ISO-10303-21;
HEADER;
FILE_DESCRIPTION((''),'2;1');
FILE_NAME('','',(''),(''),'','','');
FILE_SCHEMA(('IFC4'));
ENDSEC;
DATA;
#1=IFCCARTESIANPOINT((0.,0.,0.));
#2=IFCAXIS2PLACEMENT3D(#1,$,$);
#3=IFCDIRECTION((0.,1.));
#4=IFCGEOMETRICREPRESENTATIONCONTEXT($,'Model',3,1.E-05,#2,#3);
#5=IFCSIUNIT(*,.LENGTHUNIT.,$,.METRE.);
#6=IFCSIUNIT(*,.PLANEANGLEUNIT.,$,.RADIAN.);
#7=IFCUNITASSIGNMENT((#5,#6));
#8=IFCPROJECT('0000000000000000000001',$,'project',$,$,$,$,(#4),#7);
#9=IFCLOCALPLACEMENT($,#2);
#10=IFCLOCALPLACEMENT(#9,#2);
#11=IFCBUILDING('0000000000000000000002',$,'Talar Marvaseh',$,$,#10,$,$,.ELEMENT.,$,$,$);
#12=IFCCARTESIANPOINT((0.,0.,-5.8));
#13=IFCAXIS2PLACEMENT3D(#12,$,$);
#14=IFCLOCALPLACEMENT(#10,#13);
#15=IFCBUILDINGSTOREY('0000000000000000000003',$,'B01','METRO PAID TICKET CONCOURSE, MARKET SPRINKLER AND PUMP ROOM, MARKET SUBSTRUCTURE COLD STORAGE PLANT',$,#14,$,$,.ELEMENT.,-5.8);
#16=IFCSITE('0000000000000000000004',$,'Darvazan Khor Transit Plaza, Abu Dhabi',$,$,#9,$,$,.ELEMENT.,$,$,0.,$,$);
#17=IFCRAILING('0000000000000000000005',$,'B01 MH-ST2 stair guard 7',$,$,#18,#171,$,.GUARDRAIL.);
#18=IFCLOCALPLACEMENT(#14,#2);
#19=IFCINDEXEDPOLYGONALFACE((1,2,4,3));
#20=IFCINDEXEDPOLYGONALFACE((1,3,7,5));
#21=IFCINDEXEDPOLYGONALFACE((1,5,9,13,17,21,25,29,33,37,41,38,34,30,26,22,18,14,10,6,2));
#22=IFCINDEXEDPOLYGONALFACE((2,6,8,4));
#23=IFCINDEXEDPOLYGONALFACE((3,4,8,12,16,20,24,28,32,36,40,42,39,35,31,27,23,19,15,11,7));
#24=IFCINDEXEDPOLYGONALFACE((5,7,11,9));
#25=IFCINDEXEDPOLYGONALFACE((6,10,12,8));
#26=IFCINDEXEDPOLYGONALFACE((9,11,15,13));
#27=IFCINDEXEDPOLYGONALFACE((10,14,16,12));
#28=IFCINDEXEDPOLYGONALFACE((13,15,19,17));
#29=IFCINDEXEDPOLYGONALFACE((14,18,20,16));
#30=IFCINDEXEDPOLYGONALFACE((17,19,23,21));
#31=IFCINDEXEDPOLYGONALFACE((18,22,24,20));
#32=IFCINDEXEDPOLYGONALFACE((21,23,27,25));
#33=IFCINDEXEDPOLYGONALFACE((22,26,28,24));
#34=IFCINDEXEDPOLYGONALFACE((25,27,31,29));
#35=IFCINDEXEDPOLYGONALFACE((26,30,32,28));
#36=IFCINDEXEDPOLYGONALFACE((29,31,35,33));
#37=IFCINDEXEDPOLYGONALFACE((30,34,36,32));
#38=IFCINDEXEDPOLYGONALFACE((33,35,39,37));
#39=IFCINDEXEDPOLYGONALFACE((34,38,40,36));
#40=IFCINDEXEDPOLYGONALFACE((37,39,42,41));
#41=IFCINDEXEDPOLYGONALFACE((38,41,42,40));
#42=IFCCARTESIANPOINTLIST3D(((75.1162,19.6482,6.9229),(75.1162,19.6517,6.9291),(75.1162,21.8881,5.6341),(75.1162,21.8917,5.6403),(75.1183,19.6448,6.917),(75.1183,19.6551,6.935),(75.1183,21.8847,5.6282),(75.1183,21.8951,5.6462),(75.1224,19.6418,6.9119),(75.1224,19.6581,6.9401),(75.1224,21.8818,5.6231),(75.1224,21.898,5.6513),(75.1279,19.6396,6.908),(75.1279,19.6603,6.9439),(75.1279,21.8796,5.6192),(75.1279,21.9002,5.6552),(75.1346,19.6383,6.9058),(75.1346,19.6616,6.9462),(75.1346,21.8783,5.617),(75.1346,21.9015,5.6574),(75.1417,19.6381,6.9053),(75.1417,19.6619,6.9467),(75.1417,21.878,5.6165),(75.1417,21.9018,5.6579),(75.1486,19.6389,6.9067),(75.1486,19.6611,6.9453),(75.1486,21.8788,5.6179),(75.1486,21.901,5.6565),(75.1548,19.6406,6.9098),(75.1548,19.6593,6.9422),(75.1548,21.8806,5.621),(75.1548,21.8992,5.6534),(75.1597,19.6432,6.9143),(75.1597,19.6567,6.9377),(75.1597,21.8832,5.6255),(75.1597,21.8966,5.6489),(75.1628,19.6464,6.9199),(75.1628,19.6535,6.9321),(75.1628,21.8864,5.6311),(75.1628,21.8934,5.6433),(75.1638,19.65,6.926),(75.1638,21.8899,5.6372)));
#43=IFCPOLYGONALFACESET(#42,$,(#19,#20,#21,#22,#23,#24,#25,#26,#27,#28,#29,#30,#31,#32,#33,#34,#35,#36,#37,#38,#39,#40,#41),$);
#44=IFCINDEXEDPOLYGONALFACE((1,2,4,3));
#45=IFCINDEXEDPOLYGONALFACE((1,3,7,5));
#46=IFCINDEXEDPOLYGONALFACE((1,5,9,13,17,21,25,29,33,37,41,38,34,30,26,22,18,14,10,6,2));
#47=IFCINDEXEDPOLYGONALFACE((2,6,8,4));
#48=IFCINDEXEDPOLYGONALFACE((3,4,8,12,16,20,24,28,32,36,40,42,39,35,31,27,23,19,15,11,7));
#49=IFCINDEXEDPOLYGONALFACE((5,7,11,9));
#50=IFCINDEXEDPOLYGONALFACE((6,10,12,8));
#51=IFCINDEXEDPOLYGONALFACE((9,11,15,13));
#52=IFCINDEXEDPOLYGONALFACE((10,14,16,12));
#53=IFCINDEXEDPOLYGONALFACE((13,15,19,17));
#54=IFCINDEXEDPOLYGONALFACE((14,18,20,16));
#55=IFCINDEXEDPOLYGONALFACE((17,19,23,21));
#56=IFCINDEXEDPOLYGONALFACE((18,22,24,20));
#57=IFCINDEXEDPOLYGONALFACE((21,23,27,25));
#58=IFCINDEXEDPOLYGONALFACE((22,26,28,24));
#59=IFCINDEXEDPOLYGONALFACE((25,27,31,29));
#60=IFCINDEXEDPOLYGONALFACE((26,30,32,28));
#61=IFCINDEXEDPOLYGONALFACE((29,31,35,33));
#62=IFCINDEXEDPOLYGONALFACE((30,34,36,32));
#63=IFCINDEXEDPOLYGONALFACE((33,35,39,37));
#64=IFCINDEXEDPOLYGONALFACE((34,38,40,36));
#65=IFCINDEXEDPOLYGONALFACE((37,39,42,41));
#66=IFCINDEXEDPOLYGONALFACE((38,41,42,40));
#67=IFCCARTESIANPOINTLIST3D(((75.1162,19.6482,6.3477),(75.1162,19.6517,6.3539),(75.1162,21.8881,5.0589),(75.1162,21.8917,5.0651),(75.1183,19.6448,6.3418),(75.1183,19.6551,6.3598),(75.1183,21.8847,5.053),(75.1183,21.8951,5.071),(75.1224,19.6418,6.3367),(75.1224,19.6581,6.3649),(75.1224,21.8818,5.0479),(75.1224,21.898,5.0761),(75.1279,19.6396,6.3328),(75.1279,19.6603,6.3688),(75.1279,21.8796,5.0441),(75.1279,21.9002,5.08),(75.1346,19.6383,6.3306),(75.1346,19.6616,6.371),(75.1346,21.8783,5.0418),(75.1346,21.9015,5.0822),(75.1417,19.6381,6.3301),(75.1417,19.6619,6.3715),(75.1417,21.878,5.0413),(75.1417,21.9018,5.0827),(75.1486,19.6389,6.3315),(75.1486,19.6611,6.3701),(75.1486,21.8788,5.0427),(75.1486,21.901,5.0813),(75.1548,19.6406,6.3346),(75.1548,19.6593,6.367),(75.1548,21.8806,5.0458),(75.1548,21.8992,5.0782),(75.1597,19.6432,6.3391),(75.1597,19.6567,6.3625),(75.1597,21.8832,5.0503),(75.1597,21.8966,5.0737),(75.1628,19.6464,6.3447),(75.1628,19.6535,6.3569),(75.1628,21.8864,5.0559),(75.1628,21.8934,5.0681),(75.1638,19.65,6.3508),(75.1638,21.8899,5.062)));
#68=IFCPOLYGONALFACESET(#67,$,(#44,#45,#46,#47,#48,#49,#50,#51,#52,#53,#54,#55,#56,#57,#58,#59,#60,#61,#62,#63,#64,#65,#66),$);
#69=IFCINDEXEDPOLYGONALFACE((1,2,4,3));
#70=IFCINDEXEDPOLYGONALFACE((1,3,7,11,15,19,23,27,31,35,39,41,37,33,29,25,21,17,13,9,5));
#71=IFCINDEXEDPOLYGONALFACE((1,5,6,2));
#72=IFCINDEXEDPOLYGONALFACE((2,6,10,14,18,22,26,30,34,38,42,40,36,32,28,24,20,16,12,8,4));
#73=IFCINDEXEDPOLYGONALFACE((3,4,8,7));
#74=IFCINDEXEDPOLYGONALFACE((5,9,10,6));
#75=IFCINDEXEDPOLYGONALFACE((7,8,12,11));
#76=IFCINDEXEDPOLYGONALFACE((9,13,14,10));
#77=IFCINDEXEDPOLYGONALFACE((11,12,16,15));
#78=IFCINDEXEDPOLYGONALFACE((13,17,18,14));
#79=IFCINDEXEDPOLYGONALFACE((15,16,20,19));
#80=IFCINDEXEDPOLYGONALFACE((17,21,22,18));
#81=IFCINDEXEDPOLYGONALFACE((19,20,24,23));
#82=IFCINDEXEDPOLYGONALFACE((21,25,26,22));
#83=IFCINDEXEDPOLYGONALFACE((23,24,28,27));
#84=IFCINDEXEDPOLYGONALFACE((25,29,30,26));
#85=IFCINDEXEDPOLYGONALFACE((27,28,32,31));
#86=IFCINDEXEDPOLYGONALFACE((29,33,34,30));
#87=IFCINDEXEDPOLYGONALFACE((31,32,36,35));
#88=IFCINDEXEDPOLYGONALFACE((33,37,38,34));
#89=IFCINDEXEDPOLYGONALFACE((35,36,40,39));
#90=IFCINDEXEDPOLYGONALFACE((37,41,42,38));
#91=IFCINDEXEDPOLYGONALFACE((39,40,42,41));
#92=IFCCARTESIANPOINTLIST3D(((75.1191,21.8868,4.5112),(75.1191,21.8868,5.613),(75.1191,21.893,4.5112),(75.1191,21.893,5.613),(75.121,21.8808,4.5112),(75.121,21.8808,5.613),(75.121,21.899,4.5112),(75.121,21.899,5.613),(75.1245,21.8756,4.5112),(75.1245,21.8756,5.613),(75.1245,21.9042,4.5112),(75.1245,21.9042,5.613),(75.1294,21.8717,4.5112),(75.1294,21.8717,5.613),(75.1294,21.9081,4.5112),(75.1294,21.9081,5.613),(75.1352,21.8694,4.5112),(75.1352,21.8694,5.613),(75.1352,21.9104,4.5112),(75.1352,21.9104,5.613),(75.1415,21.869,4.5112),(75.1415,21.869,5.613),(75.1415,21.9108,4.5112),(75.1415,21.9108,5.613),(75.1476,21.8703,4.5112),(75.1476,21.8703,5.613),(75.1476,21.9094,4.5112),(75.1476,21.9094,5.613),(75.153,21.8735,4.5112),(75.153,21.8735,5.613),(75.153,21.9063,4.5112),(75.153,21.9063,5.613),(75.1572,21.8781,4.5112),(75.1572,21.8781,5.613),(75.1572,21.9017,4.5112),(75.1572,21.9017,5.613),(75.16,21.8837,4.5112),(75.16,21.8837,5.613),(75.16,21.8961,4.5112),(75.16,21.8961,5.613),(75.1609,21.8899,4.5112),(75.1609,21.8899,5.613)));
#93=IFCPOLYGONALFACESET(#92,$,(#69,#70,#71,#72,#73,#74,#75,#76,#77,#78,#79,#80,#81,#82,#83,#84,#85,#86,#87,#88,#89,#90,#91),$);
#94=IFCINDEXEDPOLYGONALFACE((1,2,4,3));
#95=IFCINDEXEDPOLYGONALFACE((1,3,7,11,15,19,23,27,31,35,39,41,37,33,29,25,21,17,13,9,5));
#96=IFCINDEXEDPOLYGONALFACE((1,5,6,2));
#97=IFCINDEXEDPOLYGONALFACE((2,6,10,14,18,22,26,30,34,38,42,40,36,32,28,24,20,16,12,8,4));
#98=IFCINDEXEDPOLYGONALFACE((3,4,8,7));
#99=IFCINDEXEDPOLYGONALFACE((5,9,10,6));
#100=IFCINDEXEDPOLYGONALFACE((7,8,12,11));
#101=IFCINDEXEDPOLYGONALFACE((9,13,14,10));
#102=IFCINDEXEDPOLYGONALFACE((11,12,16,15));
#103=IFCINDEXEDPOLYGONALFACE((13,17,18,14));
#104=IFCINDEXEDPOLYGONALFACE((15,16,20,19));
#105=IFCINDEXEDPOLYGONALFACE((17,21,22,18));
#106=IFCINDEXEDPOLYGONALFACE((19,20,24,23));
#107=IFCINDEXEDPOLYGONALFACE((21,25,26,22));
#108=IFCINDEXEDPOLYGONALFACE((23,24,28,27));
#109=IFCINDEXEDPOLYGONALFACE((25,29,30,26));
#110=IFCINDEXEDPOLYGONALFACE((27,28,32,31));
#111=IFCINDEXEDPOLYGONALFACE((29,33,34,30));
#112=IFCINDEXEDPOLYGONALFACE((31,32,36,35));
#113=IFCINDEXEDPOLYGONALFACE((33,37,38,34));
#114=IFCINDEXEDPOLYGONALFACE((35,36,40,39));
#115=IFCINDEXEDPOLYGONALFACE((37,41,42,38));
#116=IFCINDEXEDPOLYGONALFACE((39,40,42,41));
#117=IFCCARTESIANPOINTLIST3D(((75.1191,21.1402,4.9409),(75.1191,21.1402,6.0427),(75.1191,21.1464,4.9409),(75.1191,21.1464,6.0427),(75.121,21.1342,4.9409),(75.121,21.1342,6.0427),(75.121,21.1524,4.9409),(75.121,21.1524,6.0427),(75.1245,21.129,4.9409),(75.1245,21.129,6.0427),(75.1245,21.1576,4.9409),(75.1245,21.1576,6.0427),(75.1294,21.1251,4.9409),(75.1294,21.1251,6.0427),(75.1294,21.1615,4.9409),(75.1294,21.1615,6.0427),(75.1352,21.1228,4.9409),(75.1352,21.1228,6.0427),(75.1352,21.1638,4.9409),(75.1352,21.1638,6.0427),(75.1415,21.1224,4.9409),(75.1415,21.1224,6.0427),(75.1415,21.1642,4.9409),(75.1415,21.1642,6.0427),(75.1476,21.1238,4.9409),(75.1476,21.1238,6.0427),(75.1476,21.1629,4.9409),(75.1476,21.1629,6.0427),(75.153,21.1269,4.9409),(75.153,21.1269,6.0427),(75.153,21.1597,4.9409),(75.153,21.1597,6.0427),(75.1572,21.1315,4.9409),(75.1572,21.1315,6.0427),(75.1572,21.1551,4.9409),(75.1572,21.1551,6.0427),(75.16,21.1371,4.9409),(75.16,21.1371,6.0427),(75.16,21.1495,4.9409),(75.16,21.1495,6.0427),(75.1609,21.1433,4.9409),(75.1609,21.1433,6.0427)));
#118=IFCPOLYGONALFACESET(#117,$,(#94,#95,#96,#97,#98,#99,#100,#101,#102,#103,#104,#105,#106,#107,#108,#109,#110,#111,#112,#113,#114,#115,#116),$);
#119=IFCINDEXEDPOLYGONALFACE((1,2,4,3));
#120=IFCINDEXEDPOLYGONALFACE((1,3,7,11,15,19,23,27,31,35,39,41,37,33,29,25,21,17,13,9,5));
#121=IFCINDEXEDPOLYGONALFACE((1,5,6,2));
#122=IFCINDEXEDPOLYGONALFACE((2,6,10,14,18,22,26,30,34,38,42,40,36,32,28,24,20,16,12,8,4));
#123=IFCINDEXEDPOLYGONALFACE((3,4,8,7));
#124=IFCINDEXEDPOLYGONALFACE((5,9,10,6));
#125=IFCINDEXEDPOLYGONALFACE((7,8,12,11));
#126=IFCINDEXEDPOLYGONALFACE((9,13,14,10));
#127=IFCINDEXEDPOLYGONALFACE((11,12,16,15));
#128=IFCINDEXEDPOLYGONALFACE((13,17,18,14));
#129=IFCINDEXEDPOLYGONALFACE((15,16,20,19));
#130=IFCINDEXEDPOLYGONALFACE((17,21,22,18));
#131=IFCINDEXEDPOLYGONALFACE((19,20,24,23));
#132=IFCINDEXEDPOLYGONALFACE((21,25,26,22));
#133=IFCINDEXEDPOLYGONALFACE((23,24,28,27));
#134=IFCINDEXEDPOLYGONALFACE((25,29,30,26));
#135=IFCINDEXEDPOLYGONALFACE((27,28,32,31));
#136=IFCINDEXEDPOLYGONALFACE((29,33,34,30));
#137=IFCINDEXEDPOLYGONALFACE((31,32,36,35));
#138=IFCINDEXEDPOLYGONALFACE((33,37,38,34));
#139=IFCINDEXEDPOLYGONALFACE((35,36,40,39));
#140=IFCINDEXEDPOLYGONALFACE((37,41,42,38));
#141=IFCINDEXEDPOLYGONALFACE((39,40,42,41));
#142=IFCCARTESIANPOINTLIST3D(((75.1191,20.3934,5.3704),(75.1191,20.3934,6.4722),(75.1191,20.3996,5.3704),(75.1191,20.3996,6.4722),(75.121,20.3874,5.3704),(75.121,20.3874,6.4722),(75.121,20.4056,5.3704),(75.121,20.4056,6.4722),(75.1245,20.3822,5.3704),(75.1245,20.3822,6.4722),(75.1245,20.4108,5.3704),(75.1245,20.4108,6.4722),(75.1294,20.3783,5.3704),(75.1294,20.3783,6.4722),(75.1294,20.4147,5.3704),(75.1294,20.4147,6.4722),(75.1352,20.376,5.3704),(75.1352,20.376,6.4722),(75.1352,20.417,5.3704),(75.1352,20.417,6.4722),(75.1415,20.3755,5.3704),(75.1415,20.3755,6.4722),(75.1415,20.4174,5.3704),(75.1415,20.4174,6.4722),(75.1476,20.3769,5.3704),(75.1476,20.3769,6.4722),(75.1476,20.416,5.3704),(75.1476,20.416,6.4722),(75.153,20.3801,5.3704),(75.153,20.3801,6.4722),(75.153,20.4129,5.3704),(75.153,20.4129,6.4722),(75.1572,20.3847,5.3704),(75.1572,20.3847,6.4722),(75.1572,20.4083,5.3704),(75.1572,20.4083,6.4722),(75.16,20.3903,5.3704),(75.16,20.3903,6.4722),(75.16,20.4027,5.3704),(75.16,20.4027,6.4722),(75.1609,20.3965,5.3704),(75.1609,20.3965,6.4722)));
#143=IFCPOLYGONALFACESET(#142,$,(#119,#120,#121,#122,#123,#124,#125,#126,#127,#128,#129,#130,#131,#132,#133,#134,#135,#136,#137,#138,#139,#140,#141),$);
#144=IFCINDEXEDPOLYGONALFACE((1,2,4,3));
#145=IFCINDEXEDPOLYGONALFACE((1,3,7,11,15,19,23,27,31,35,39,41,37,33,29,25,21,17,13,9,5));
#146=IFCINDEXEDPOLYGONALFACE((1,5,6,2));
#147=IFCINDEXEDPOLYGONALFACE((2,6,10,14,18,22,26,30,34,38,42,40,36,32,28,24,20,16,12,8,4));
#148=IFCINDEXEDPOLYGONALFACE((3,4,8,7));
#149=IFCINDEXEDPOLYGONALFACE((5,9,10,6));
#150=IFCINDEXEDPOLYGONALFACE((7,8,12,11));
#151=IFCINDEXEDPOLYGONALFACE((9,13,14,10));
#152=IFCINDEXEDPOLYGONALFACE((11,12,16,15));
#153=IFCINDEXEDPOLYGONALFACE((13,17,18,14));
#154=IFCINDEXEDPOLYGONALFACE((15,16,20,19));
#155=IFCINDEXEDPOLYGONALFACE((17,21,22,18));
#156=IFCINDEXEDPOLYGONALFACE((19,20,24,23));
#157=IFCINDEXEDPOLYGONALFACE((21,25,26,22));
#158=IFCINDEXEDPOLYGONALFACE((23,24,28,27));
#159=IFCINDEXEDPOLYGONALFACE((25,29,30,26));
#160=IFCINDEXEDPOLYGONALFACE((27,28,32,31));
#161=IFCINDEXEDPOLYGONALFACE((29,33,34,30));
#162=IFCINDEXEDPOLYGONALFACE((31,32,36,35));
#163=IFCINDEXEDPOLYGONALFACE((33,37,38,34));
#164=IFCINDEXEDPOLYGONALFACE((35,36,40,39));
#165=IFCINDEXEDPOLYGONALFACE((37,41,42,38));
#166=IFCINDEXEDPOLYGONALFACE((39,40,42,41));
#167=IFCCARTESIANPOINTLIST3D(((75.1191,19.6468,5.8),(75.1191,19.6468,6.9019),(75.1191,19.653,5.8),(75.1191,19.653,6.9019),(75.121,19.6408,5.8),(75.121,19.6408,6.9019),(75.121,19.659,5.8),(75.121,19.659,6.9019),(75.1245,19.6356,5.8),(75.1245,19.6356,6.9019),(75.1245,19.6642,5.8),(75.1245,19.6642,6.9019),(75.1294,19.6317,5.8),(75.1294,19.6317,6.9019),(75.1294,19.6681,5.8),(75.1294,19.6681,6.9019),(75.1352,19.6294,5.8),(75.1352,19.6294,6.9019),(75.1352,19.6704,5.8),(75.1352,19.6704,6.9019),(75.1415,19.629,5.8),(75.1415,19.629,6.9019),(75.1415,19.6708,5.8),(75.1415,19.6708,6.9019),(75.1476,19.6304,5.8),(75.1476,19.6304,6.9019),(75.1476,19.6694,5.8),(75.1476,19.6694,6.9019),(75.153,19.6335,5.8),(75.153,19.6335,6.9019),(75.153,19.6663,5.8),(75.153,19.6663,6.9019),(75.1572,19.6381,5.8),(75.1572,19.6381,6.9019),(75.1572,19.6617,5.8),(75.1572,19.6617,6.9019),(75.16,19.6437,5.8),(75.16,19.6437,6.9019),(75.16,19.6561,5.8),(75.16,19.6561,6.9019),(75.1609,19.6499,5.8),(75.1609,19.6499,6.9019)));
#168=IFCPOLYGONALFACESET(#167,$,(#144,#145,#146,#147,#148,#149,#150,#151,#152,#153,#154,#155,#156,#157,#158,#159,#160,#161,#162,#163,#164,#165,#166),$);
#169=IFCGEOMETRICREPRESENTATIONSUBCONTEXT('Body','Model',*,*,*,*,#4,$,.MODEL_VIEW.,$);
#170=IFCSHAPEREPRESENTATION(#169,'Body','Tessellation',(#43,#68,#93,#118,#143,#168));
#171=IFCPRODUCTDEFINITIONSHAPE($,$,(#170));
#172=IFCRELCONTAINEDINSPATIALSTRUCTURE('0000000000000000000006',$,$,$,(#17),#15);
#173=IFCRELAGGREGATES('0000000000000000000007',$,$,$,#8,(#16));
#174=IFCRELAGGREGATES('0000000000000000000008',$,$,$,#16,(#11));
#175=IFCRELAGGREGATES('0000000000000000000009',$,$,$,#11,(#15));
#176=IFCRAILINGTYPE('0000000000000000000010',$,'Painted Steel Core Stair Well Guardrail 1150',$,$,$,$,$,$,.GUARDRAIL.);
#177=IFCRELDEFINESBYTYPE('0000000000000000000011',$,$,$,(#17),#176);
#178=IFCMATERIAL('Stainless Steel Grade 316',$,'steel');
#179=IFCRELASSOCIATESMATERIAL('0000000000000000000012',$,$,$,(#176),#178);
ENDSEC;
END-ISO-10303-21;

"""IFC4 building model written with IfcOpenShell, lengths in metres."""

from ifc_helpers import new_model, si_unit, direction, frame, origin, origin_2d, place, context, subcontext, project, spatial, circle, extrude, material, type_object, element, save


model = new_model("IFC4")

# Units and contexts
model_context = context("Model", 3, precision=1e-05, world=origin(), true_north=direction((0.0, 1.0)))
body_context = subcontext(model_context, "Body", "Model", "MODEL_VIEW")
ifc_project = project(units=[si_unit("LENGTHUNIT", "METRE"), si_unit("PLANEANGLEUNIT", "RADIAN")], contexts=[model_context])

# Site, building, storey
site_placement = place(None, origin())
site = spatial("IfcSite", under=ifc_project, at=site_placement, Name="Darvazan Khor Transit Plaza, Abu Dhabi", CompositionType="ELEMENT", RefElevation=0.0)
building_placement = place(site_placement, origin())
building = spatial("IfcBuilding", under=site, at=building_placement, Name="Talar Marvaseh", CompositionType="ELEMENT")
storey_placement = place(building_placement, frame((0.0, 0.0, -5.8)))
storey = spatial("IfcBuildingStorey", under=building, at=storey_placement, Name="B01", Description="METRO PAID TICKET CONCOURSE, MARKET SPRINKLER AND PUMP ROOM, MARKET SUBSTRUCTURE COLD STORAGE PLANT", CompositionType="ELEMENT", Elevation=-5.8)

# Railing
ifc_material_1 = material(Name="Stainless Steel Grade 316", Category="steel")
railing_type_1 = type_object("IfcRailingType", Name="Painted Steel Core Stair Well Guardrail 1150", PredefinedType="GUARDRAIL", material=ifc_material_1)
railing_1_placement = place(storey_placement, frame((75.1399, 21.8899, 4.5112)))
element("IfcRailing", 1, at=railing_1_placement, inside=storey, type_object=railing_type_1, Name="B01 MH-ST2 stair guard 7", PredefinedType="GUARDRAIL", context=body_context, shape_type="SweptSolid", body=[
    extrude(circle(Radius=0.0239, at=origin_2d()), frame((0.0, 0.0, 1.126), z_axis=(0.0, -0.866768, 0.498711), x_axis=(1.0, 0.0, 0.0)), (0.0, 0.0, 1.0), 2.5842),
    extrude(circle(Radius=0.0239, at=origin_2d()), frame((0.0, 0.0, 0.5508), z_axis=(0.0, -0.866768, 0.498711), x_axis=(1.0, 0.0, 0.0)), (0.0, 0.0, 1.0), 2.5842),
    extrude(circle(Radius=0.021, at=origin_2d()), origin(), (0.0, 0.0, 1.0), 1.1018),
    extrude(circle(Radius=0.021, at=origin_2d()), frame((0.0, -0.7466, 0.4297)), (0.0, 0.0, 1.0), 1.1018),
    extrude(circle(Radius=0.021, at=origin_2d()), frame((0.0, -1.4934, 0.8591)), (0.0, 0.0, 1.0), 1.1018),
    extrude(circle(Radius=0.021, at=origin_2d()), frame((0.0, -2.24, 1.2888)), (0.0, 0.0, 1.0), 1.1018),
])

save(model, "model.ifc")
